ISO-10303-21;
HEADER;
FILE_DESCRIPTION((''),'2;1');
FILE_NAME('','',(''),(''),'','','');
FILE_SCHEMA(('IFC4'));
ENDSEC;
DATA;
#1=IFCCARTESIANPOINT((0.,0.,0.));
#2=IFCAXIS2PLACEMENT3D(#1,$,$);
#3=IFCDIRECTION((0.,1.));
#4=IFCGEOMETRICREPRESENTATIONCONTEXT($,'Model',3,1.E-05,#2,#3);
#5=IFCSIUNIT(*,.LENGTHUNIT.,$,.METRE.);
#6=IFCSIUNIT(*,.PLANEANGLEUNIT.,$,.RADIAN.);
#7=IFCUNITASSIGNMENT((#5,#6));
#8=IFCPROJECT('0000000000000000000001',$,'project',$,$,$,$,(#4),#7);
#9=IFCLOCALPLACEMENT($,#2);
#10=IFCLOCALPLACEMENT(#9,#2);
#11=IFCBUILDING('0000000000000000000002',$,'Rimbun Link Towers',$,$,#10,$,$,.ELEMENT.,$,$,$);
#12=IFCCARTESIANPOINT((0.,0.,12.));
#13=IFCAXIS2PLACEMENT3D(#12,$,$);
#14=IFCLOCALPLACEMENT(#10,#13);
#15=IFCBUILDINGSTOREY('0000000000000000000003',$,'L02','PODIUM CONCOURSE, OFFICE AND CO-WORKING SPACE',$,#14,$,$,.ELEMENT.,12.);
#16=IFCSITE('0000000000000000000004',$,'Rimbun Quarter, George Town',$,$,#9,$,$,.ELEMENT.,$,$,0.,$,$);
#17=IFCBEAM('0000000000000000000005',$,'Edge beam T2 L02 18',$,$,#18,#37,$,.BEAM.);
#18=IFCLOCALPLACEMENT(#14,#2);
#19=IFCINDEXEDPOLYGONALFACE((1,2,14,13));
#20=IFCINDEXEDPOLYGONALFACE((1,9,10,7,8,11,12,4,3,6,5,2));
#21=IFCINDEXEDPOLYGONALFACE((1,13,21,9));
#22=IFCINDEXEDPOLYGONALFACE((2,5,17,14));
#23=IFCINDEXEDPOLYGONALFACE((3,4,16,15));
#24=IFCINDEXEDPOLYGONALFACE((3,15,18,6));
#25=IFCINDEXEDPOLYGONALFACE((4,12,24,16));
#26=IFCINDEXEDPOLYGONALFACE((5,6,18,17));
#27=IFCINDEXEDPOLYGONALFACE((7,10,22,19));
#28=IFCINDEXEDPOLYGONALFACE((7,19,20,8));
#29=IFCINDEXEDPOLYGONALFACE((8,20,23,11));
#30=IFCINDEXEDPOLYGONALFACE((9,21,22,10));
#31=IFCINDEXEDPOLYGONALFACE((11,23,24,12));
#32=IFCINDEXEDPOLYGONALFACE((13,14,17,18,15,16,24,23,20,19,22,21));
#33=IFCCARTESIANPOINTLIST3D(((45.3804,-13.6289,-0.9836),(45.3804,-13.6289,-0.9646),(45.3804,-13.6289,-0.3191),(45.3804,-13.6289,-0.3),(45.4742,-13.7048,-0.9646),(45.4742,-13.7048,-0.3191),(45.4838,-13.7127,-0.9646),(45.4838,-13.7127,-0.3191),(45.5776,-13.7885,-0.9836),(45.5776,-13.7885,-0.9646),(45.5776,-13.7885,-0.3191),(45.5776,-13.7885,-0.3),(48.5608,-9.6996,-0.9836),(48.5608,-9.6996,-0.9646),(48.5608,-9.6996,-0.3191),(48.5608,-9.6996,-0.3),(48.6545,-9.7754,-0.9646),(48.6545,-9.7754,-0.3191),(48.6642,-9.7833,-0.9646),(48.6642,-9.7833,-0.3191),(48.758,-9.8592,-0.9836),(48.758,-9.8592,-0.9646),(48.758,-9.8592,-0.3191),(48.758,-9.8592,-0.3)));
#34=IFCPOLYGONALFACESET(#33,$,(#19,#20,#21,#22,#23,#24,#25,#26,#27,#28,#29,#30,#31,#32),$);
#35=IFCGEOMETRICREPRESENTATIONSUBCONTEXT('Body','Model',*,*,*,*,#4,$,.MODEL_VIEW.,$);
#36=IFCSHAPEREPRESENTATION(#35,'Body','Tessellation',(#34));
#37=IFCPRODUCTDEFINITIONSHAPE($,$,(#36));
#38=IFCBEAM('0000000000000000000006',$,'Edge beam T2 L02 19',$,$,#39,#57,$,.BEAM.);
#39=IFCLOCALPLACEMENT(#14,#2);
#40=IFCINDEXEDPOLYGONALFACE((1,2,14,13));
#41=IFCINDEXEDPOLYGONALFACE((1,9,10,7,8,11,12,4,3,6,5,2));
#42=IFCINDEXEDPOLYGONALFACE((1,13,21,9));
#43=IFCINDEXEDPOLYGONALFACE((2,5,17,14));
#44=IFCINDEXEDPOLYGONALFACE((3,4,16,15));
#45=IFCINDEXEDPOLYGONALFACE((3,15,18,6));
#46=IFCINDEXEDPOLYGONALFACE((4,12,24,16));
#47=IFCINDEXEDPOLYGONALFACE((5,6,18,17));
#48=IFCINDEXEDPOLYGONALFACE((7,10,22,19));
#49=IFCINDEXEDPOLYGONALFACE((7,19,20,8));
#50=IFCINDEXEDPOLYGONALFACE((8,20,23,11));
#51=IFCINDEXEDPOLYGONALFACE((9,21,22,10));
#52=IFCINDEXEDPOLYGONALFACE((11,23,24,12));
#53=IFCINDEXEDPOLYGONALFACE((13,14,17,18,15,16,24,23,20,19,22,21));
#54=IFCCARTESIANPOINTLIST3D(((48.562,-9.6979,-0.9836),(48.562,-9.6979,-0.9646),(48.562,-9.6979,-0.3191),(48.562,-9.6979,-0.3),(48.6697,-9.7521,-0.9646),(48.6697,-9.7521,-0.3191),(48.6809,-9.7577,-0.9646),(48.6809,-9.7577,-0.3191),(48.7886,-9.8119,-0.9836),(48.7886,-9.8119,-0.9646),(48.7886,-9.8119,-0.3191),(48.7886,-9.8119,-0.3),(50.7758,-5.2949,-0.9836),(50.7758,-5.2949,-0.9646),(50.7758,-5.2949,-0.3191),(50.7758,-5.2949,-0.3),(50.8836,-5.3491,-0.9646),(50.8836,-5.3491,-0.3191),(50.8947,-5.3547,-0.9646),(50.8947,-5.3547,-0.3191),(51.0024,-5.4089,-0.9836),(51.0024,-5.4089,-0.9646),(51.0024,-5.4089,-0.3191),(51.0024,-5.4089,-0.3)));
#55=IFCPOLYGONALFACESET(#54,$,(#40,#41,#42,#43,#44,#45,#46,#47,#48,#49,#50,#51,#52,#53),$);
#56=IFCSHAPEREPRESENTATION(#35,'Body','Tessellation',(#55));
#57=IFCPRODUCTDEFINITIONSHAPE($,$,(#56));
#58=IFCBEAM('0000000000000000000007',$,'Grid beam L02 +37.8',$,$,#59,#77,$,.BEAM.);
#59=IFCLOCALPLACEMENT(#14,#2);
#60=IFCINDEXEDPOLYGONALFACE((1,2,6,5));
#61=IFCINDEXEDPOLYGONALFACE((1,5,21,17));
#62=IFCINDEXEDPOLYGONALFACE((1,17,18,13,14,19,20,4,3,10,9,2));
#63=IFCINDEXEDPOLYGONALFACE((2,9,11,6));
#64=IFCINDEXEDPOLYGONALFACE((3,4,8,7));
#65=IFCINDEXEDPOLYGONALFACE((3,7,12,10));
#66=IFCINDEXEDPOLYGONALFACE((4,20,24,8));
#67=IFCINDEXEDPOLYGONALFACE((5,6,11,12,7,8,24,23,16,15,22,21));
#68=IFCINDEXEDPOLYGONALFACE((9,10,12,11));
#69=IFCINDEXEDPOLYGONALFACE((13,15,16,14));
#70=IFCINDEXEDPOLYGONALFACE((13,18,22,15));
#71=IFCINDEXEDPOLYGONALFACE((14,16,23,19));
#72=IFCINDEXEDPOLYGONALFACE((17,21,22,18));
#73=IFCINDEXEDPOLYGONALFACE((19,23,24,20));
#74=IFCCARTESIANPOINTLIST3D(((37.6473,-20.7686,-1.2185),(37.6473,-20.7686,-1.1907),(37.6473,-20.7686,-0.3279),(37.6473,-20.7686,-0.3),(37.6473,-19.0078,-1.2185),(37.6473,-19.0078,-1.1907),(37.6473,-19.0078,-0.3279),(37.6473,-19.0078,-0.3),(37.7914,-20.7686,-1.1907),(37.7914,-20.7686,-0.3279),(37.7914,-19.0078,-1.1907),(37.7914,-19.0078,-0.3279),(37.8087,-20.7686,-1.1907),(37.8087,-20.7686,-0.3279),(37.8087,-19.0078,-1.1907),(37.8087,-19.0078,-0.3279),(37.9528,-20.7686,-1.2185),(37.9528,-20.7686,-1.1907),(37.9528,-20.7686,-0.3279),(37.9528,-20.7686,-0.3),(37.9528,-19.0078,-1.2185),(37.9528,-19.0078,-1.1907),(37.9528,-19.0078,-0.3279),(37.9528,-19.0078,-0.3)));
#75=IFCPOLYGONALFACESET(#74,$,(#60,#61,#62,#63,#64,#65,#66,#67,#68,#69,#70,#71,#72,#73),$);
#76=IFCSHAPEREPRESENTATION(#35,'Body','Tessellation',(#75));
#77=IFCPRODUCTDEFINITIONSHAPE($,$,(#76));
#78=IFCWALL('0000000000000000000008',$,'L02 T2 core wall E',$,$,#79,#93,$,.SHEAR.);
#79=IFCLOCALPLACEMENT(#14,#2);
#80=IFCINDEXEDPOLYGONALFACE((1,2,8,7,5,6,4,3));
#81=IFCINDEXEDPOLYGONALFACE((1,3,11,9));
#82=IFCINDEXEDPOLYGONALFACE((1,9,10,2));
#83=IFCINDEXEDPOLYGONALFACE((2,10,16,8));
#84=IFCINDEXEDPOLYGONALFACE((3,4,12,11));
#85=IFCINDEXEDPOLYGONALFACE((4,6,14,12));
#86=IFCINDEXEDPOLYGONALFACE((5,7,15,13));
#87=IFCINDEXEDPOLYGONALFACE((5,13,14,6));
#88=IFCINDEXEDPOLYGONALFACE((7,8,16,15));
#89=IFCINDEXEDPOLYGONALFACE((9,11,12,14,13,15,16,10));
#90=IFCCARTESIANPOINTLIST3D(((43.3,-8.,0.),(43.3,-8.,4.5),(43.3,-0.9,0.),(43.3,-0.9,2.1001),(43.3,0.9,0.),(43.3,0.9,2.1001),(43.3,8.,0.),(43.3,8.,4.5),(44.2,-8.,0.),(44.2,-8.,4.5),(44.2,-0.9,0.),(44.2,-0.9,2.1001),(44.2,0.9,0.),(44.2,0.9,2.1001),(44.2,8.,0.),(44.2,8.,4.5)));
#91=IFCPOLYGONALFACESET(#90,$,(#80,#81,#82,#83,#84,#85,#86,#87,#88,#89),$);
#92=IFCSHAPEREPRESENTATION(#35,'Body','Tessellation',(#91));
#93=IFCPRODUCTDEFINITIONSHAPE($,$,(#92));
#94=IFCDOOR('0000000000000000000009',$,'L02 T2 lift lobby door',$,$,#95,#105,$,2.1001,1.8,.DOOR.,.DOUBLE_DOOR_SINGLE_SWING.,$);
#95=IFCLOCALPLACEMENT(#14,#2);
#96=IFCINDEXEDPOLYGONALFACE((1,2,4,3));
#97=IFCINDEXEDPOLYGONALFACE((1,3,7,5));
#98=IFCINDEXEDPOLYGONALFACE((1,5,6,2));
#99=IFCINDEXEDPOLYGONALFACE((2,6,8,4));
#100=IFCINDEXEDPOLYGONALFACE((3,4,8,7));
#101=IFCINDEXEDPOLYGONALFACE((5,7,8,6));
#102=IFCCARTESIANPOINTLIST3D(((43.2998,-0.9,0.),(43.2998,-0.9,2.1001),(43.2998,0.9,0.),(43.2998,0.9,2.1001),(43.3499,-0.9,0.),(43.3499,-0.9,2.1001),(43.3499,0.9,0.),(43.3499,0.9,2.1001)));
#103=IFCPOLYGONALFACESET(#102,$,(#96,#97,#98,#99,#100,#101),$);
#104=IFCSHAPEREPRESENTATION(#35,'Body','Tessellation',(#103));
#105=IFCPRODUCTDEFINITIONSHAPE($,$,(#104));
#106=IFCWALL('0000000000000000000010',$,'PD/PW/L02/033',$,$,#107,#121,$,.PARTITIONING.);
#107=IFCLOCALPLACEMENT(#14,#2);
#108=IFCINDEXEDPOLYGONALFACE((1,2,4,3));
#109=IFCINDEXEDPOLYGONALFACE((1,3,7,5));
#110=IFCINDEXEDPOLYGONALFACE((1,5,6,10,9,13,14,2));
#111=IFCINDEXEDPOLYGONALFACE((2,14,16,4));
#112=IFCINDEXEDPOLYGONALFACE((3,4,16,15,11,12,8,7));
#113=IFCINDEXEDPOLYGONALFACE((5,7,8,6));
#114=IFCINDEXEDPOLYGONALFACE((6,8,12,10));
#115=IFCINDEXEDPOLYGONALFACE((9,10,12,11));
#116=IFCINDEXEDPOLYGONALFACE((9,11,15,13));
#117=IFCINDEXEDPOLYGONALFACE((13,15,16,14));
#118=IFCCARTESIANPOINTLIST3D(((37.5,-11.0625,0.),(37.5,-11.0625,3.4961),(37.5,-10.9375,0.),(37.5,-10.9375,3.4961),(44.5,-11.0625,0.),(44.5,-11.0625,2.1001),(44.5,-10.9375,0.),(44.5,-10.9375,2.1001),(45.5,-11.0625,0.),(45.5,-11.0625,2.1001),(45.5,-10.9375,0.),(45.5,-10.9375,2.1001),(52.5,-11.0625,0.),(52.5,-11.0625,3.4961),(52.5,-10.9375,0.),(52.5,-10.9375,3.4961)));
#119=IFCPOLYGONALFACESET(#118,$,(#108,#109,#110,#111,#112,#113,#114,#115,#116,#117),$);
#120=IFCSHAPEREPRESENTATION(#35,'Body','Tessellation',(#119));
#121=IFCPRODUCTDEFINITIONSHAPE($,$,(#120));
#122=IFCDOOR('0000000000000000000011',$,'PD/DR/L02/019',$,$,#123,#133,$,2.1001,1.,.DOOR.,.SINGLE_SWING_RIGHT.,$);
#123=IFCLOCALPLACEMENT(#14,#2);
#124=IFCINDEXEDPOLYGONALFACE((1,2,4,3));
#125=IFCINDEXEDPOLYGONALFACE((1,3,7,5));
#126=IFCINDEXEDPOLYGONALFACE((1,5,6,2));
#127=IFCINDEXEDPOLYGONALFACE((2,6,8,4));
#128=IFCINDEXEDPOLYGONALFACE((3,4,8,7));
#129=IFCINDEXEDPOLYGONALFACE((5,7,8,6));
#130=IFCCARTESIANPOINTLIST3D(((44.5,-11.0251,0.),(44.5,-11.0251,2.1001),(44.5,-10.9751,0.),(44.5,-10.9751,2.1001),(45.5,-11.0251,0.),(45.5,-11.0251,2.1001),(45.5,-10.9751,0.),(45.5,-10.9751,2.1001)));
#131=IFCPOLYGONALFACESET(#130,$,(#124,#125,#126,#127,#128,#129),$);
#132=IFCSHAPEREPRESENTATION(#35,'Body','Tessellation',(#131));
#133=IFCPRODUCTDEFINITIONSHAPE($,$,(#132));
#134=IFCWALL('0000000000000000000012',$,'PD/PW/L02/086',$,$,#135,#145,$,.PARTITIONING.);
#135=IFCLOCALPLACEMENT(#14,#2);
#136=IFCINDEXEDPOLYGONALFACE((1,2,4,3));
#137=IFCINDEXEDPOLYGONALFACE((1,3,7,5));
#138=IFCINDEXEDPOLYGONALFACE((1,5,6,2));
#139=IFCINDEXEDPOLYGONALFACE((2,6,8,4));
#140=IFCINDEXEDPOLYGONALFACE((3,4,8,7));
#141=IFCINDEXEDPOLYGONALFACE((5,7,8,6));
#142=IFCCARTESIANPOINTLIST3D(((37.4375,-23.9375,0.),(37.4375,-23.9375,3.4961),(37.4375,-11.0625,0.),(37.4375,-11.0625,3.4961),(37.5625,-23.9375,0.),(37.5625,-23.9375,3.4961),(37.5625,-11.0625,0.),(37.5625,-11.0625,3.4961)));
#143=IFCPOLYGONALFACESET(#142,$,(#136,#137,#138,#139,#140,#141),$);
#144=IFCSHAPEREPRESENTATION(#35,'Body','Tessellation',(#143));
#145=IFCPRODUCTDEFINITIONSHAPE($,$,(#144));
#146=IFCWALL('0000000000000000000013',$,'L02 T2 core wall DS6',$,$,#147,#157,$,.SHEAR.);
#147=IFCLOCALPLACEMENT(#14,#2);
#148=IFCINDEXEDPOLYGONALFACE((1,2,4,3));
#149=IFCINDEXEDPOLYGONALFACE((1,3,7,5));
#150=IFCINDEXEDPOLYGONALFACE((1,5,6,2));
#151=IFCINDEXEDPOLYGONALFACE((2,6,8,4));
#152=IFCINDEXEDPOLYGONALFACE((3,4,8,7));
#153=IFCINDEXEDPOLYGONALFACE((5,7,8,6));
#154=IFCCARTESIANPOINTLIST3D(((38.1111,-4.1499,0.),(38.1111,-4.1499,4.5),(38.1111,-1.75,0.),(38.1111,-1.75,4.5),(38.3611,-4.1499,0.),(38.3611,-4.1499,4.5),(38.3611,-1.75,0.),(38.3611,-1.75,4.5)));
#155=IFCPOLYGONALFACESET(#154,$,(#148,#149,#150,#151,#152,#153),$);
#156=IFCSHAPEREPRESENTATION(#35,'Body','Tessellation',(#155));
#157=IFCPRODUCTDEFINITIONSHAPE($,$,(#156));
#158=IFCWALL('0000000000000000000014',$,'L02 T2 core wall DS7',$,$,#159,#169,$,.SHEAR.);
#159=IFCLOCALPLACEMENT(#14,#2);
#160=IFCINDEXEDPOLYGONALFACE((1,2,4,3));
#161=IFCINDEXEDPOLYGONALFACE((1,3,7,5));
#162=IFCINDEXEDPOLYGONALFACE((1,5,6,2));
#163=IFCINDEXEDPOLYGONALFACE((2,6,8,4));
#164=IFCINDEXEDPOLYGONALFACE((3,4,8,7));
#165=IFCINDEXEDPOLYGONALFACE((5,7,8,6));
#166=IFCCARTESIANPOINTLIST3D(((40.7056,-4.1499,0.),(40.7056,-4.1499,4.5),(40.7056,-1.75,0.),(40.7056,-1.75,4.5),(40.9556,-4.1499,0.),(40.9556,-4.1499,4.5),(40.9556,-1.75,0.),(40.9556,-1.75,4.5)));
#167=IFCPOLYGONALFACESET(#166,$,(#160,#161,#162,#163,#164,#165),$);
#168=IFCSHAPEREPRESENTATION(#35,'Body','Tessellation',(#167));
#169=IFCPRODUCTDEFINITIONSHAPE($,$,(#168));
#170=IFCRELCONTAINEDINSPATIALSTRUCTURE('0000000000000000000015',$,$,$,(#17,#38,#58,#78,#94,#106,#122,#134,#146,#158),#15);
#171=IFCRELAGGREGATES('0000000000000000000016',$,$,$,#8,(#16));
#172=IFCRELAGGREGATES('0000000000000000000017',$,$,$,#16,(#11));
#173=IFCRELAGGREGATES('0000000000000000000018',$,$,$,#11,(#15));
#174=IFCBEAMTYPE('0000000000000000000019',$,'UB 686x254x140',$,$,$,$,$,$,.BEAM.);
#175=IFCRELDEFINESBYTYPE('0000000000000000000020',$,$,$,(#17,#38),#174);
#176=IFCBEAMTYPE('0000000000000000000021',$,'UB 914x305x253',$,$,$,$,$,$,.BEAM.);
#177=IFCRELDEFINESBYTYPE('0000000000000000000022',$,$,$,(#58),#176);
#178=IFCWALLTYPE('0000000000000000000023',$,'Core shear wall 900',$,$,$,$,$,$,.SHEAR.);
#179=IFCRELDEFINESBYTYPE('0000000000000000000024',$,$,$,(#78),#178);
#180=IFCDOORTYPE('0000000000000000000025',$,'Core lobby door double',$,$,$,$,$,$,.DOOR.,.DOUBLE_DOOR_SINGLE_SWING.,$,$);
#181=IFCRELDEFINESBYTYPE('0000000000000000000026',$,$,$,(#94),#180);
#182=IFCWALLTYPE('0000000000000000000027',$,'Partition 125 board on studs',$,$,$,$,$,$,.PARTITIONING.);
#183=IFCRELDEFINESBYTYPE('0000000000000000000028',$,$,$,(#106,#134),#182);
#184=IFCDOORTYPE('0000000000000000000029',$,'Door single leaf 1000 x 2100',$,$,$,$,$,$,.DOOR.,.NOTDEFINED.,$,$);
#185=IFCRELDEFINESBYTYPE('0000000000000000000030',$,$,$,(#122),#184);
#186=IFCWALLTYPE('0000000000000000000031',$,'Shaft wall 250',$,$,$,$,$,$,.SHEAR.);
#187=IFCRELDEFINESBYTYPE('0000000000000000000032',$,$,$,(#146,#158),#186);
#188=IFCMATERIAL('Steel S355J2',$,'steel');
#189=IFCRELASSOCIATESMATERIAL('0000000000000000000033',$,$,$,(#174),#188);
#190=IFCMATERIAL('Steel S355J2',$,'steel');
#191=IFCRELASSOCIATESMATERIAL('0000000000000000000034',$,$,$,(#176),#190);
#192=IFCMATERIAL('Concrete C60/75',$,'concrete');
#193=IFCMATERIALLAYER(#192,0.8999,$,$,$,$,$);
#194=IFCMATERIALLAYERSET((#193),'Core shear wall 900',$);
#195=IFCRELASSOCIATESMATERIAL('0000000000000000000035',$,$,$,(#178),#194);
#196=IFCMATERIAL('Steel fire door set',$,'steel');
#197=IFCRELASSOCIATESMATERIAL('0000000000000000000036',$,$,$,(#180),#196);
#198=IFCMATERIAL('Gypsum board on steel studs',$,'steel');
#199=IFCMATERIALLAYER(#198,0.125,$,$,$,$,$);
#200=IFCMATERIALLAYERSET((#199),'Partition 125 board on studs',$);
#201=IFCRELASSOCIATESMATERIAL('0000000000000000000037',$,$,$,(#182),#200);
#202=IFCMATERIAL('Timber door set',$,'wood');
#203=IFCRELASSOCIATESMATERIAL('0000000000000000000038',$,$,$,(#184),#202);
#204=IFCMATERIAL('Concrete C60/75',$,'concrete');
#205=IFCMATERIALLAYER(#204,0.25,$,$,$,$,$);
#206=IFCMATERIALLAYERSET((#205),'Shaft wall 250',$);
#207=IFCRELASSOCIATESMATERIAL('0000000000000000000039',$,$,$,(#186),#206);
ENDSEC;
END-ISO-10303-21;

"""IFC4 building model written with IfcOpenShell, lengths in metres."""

from ifc_helpers import new_model, si_unit, direction, frame, frame_2d, origin, origin_2d, place, context, subcontext, project, spatial, rectangle, i_section, extrude, material, layer, layer_set, material_profile, profile_set, type_object, element, fill, save


model = new_model("IFC4")

# Units and contexts
model_context = context("Model", 3, precision=1e-05, world=origin(), true_north=direction((0.0, 1.0)))
body_context = subcontext(model_context, "Body", "Model", "MODEL_VIEW")
ifc_project = project(units=[si_unit("LENGTHUNIT", "METRE"), si_unit("PLANEANGLEUNIT", "RADIAN")], contexts=[model_context])

# Site, building, storey
site_placement = place(None, origin())
site = spatial("IfcSite", under=ifc_project, at=site_placement, Name="Rimbun Quarter, George Town", CompositionType="ELEMENT", RefElevation=0.0)
building_placement = place(site_placement, origin())
building = spatial("IfcBuilding", under=site, at=building_placement, Name="Rimbun Link Towers", CompositionType="ELEMENT")
storey_placement = place(building_placement, frame((0.0, 0.0, 12.0)))
storey = spatial("IfcBuildingStorey", under=building, at=storey_placement, Name="L02", Description="PODIUM CONCOURSE, OFFICE AND CO-WORKING SPACE", CompositionType="ELEMENT", Elevation=12.0)

# Beams
ifc_material_1 = material(Name="Steel S355J2", Category="steel")
ifc_material_profile_1 = material_profile(ifc_material_1, i_section(OverallWidth=0.2537, OverallDepth=0.6836, WebThickness=0.0125, FlangeThickness=0.019, at=origin_2d()), Name="UB 686x254x140")
ifc_profile_set_1 = profile_set([ifc_material_profile_1], Name="Steel S355J2")
beam_type_1 = type_object("IfcBeamType", Name="UB 686x254x140", PredefinedType="BEAM", material=ifc_profile_set_1)
for number, where, z_axis, x_axis, name in (
    (1, (45.479, -13.7087, -0.6418), (0.629132, 0.777299, 0.0), (-0.777299, 0.629132, 0.0), "Edge beam T2 L02 18"),
):
    element("IfcBeam", number, at=place(storey_placement, frame(where, z_axis=z_axis, x_axis=x_axis)), inside=storey, type_object=beam_type_1, Name=name, PredefinedType="BEAM", context=body_context, shape_type="SweptSolid", body=[
        extrude(i_section(OverallWidth=0.2537, OverallDepth=0.6836, WebThickness=0.0125, FlangeThickness=0.019, at=origin_2d()), origin(), (0.0, 0.0, 1.0), 5.0552),
    ])
beam_1_placement = place(storey_placement, frame((48.6753, -9.7549, -0.6418), z_axis=(0.449214, 0.893424, 0.0), x_axis=(-0.893424, 0.449214, 0.0)))
element("IfcBeam", 2, at=beam_1_placement, inside=storey, type_object=beam_type_1, Name="Edge beam T2 L02 19", PredefinedType="BEAM", context=body_context, shape_type="SweptSolid", body=[
    extrude(i_section(OverallWidth=0.2537, OverallDepth=0.6836, WebThickness=0.0125, FlangeThickness=0.019, at=origin_2d()), origin(), (0.0, 0.0, 1.0), 4.9282),
])
ifc_material_2 = material(Name="Steel S355J2", Category="steel")
ifc_material_profile_2 = material_profile(ifc_material_2, i_section(OverallWidth=0.3054, OverallDepth=0.9185, WebThickness=0.0173, FlangeThickness=0.0278, at=origin_2d()), Name="UB 914x305x253")
ifc_profile_set_2 = profile_set([ifc_material_profile_2], Name="Steel S355J2")
beam_type_2 = type_object("IfcBeamType", Name="UB 914x305x253", PredefinedType="BEAM", material=ifc_profile_set_2)
beam_2_placement = place(storey_placement, frame((37.8, -20.7686, -0.7593), z_axis=(0.0, 1.0, 0.0), x_axis=(-1.0, 0.0, 0.0)))
element("IfcBeam", 3, at=beam_2_placement, inside=storey, type_object=beam_type_2, Name="Grid beam L02 +37.8", PredefinedType="BEAM", context=body_context, shape_type="SweptSolid", body=[
    extrude(i_section(OverallWidth=0.3054, OverallDepth=0.9185, WebThickness=0.0173, FlangeThickness=0.0278, at=origin_2d()), origin(), (0.0, 0.0, 1.0), 1.7607),
])

# Walls, openings, doors
ifc_material_3 = material(Name="Concrete C60/75", Category="concrete")
ifc_layer_1 = layer(ifc_material_3, 0.8999)
ifc_layer_set_1 = layer_set([ifc_layer_1], Name="Core shear wall 900")
wall_type_1 = type_object("IfcWallType", Name="Core shear wall 900", PredefinedType="SHEAR", material=ifc_layer_set_1)
wall_1_placement = place(storey_placement, frame((43.75, -8.0, 0.0), z_axis=(0.0, 0.0, 1.0), x_axis=(0.0, 1.0, 0.0)))
wall_1 = element("IfcWall", 4, at=wall_1_placement, inside=storey, type_object=wall_type_1, Name="L02 T2 core wall E", PredefinedType="SHEAR", context=body_context, shape_type="SweptSolid", body=[
    extrude(rectangle(XDim=16.0, YDim=0.8999, at=frame_2d((8.0, 0.0))), origin(), (0.0, 0.0, 1.0), 4.5),
])
opening_1_placement = place(wall_1_placement, frame((7.1001, 0.0, 0.0)))
opening_1 = element("IfcOpeningElement", 5, at=opening_1_placement, cuts=wall_1, PredefinedType="OPENING", context=body_context, shape_type="SweptSolid", body=[
    extrude(rectangle(XDim=1.8, YDim=2.1001, at=frame_2d((0.8999, 1.05))), frame((0.0, 0.46, 0.0), z_axis=(0.0, -1.0, 0.0), x_axis=(1.0, 0.0, 0.0)), (0.0, 0.0, 1.0), 0.9199),
])
ifc_material_4 = material(Name="Steel fire door set", Category="steel")
door_type_1 = type_object("IfcDoorType", Name="Core lobby door double", OperationType="DOUBLE_DOOR_SINGLE_SWING", PredefinedType="DOOR", material=ifc_material_4)
door_1_placement = place(opening_1_placement, origin())
door_1 = element("IfcDoor", 6, at=door_1_placement, inside=storey, type_object=door_type_1, Name="L02 T2 lift lobby door", OperationType="DOUBLE_DOOR_SINGLE_SWING", OverallHeight=2.1001, OverallWidth=1.8, PredefinedType="DOOR", context=body_context, shape_type="SweptSolid", body=[
    extrude(rectangle(XDim=1.8, YDim=2.1001, at=frame_2d((0.8999, 1.05))), frame((0.0, 0.4502, 0.0), z_axis=(0.0, -1.0, 0.0), x_axis=(1.0, 0.0, 0.0)), (0.0, 0.0, 1.0), 0.05),
])
fill(opening_1, door_1)
ifc_material_5 = material(Name="Gypsum board on steel studs", Category="steel")
ifc_layer_2 = layer(ifc_material_5, 0.125)
ifc_layer_set_2 = layer_set([ifc_layer_2], Name="Partition 125 board on studs")
wall_type_2 = type_object("IfcWallType", Name="Partition 125 board on studs", PredefinedType="PARTITIONING", material=ifc_layer_set_2)
wall_2_placement = place(storey_placement, frame((37.5, -11.0, 0.0), z_axis=(0.0, 0.0, 1.0), x_axis=(1.0, 0.0, 0.0)))
wall_2 = element("IfcWall", 7, at=wall_2_placement, inside=storey, type_object=wall_type_2, Name="PD/PW/L02/033", PredefinedType="PARTITIONING", context=body_context, shape_type="SweptSolid", body=[
    extrude(rectangle(XDim=15.0, YDim=0.125, at=frame_2d((7.5, 0.0))), origin(), (0.0, 0.0, 1.0), 3.4961),
])
opening_2_placement = place(wall_2_placement, frame((7.0, 0.0, 0.0)))
opening_2 = element("IfcOpeningElement", 8, at=opening_2_placement, cuts=wall_2, PredefinedType="OPENING", context=body_context, shape_type="SweptSolid", body=[
    extrude(rectangle(XDim=1.0, YDim=2.1001, at=frame_2d((0.5, 1.05))), frame((0.0, 0.0725, 0.0), z_axis=(0.0, -1.0, 0.0), x_axis=(1.0, 0.0, 0.0)), (0.0, 0.0, 1.0), 0.145),
])
ifc_material_6 = material(Name="Timber door set", Category="wood")
door_type_2 = type_object("IfcDoorType", Name="Door single leaf 1000 x 2100", OperationType="NOTDEFINED", PredefinedType="DOOR", material=ifc_material_6)
door_2_placement = place(opening_2_placement, origin())
door_2 = element("IfcDoor", 9, at=door_2_placement, inside=storey, type_object=door_type_2, Name="PD/DR/L02/019", OperationType="SINGLE_SWING_RIGHT", OverallHeight=2.1001, OverallWidth=1.0, PredefinedType="DOOR", context=body_context, shape_type="SweptSolid", body=[
    extrude(rectangle(XDim=1.0, YDim=2.1001, at=frame_2d((0.5, 1.05))), frame((0.0, 0.0249, 0.0), z_axis=(0.0, -1.0, 0.0), x_axis=(1.0, 0.0, 0.0)), (0.0, 0.0, 1.0), 0.05),
])
fill(opening_2, door_2)

# Walls
wall_3_placement = place(storey_placement, frame((37.5, -23.9375, 0.0), z_axis=(0.0, 0.0, 1.0), x_axis=(0.0, 1.0, 0.0)))
element("IfcWall", 10, at=wall_3_placement, inside=storey, type_object=wall_type_2, Name="PD/PW/L02/086", PredefinedType="PARTITIONING", context=body_context, shape_type="SweptSolid", body=[
    extrude(rectangle(XDim=12.875, YDim=0.125, at=frame_2d((6.4375, 0.0))), origin(), (0.0, 0.0, 1.0), 3.4961),
])
ifc_material_7 = material(Name="Concrete C60/75", Category="concrete")
ifc_layer_3 = layer(ifc_material_7, 0.25)
ifc_layer_set_3 = layer_set([ifc_layer_3], Name="Shaft wall 250")
wall_type_3 = type_object("IfcWallType", Name="Shaft wall 250", PredefinedType="SHEAR", material=ifc_layer_set_3)
for number, where, z_axis, x_axis, name in (
    (11, (38.2361, -4.1499, 0.0), (0.0, 0.0, 1.0), (0.0, 1.0, 0.0), "L02 T2 core wall DS6"),
    (12, (40.8306, -4.1499, 0.0), (0.0, 0.0, 1.0), (0.0, 1.0, 0.0), "L02 T2 core wall DS7"),
):
    element("IfcWall", number, at=place(storey_placement, frame(where, z_axis=z_axis, x_axis=x_axis)), inside=storey, type_object=wall_type_3, Name=name, PredefinedType="SHEAR", context=body_context, shape_type="SweptSolid", body=[
        extrude(rectangle(XDim=2.3999, YDim=0.25, at=frame_2d((1.2, 0.0))), origin(), (0.0, 0.0, 1.0), 4.5),
    ])

save(model, "model.ifc")
